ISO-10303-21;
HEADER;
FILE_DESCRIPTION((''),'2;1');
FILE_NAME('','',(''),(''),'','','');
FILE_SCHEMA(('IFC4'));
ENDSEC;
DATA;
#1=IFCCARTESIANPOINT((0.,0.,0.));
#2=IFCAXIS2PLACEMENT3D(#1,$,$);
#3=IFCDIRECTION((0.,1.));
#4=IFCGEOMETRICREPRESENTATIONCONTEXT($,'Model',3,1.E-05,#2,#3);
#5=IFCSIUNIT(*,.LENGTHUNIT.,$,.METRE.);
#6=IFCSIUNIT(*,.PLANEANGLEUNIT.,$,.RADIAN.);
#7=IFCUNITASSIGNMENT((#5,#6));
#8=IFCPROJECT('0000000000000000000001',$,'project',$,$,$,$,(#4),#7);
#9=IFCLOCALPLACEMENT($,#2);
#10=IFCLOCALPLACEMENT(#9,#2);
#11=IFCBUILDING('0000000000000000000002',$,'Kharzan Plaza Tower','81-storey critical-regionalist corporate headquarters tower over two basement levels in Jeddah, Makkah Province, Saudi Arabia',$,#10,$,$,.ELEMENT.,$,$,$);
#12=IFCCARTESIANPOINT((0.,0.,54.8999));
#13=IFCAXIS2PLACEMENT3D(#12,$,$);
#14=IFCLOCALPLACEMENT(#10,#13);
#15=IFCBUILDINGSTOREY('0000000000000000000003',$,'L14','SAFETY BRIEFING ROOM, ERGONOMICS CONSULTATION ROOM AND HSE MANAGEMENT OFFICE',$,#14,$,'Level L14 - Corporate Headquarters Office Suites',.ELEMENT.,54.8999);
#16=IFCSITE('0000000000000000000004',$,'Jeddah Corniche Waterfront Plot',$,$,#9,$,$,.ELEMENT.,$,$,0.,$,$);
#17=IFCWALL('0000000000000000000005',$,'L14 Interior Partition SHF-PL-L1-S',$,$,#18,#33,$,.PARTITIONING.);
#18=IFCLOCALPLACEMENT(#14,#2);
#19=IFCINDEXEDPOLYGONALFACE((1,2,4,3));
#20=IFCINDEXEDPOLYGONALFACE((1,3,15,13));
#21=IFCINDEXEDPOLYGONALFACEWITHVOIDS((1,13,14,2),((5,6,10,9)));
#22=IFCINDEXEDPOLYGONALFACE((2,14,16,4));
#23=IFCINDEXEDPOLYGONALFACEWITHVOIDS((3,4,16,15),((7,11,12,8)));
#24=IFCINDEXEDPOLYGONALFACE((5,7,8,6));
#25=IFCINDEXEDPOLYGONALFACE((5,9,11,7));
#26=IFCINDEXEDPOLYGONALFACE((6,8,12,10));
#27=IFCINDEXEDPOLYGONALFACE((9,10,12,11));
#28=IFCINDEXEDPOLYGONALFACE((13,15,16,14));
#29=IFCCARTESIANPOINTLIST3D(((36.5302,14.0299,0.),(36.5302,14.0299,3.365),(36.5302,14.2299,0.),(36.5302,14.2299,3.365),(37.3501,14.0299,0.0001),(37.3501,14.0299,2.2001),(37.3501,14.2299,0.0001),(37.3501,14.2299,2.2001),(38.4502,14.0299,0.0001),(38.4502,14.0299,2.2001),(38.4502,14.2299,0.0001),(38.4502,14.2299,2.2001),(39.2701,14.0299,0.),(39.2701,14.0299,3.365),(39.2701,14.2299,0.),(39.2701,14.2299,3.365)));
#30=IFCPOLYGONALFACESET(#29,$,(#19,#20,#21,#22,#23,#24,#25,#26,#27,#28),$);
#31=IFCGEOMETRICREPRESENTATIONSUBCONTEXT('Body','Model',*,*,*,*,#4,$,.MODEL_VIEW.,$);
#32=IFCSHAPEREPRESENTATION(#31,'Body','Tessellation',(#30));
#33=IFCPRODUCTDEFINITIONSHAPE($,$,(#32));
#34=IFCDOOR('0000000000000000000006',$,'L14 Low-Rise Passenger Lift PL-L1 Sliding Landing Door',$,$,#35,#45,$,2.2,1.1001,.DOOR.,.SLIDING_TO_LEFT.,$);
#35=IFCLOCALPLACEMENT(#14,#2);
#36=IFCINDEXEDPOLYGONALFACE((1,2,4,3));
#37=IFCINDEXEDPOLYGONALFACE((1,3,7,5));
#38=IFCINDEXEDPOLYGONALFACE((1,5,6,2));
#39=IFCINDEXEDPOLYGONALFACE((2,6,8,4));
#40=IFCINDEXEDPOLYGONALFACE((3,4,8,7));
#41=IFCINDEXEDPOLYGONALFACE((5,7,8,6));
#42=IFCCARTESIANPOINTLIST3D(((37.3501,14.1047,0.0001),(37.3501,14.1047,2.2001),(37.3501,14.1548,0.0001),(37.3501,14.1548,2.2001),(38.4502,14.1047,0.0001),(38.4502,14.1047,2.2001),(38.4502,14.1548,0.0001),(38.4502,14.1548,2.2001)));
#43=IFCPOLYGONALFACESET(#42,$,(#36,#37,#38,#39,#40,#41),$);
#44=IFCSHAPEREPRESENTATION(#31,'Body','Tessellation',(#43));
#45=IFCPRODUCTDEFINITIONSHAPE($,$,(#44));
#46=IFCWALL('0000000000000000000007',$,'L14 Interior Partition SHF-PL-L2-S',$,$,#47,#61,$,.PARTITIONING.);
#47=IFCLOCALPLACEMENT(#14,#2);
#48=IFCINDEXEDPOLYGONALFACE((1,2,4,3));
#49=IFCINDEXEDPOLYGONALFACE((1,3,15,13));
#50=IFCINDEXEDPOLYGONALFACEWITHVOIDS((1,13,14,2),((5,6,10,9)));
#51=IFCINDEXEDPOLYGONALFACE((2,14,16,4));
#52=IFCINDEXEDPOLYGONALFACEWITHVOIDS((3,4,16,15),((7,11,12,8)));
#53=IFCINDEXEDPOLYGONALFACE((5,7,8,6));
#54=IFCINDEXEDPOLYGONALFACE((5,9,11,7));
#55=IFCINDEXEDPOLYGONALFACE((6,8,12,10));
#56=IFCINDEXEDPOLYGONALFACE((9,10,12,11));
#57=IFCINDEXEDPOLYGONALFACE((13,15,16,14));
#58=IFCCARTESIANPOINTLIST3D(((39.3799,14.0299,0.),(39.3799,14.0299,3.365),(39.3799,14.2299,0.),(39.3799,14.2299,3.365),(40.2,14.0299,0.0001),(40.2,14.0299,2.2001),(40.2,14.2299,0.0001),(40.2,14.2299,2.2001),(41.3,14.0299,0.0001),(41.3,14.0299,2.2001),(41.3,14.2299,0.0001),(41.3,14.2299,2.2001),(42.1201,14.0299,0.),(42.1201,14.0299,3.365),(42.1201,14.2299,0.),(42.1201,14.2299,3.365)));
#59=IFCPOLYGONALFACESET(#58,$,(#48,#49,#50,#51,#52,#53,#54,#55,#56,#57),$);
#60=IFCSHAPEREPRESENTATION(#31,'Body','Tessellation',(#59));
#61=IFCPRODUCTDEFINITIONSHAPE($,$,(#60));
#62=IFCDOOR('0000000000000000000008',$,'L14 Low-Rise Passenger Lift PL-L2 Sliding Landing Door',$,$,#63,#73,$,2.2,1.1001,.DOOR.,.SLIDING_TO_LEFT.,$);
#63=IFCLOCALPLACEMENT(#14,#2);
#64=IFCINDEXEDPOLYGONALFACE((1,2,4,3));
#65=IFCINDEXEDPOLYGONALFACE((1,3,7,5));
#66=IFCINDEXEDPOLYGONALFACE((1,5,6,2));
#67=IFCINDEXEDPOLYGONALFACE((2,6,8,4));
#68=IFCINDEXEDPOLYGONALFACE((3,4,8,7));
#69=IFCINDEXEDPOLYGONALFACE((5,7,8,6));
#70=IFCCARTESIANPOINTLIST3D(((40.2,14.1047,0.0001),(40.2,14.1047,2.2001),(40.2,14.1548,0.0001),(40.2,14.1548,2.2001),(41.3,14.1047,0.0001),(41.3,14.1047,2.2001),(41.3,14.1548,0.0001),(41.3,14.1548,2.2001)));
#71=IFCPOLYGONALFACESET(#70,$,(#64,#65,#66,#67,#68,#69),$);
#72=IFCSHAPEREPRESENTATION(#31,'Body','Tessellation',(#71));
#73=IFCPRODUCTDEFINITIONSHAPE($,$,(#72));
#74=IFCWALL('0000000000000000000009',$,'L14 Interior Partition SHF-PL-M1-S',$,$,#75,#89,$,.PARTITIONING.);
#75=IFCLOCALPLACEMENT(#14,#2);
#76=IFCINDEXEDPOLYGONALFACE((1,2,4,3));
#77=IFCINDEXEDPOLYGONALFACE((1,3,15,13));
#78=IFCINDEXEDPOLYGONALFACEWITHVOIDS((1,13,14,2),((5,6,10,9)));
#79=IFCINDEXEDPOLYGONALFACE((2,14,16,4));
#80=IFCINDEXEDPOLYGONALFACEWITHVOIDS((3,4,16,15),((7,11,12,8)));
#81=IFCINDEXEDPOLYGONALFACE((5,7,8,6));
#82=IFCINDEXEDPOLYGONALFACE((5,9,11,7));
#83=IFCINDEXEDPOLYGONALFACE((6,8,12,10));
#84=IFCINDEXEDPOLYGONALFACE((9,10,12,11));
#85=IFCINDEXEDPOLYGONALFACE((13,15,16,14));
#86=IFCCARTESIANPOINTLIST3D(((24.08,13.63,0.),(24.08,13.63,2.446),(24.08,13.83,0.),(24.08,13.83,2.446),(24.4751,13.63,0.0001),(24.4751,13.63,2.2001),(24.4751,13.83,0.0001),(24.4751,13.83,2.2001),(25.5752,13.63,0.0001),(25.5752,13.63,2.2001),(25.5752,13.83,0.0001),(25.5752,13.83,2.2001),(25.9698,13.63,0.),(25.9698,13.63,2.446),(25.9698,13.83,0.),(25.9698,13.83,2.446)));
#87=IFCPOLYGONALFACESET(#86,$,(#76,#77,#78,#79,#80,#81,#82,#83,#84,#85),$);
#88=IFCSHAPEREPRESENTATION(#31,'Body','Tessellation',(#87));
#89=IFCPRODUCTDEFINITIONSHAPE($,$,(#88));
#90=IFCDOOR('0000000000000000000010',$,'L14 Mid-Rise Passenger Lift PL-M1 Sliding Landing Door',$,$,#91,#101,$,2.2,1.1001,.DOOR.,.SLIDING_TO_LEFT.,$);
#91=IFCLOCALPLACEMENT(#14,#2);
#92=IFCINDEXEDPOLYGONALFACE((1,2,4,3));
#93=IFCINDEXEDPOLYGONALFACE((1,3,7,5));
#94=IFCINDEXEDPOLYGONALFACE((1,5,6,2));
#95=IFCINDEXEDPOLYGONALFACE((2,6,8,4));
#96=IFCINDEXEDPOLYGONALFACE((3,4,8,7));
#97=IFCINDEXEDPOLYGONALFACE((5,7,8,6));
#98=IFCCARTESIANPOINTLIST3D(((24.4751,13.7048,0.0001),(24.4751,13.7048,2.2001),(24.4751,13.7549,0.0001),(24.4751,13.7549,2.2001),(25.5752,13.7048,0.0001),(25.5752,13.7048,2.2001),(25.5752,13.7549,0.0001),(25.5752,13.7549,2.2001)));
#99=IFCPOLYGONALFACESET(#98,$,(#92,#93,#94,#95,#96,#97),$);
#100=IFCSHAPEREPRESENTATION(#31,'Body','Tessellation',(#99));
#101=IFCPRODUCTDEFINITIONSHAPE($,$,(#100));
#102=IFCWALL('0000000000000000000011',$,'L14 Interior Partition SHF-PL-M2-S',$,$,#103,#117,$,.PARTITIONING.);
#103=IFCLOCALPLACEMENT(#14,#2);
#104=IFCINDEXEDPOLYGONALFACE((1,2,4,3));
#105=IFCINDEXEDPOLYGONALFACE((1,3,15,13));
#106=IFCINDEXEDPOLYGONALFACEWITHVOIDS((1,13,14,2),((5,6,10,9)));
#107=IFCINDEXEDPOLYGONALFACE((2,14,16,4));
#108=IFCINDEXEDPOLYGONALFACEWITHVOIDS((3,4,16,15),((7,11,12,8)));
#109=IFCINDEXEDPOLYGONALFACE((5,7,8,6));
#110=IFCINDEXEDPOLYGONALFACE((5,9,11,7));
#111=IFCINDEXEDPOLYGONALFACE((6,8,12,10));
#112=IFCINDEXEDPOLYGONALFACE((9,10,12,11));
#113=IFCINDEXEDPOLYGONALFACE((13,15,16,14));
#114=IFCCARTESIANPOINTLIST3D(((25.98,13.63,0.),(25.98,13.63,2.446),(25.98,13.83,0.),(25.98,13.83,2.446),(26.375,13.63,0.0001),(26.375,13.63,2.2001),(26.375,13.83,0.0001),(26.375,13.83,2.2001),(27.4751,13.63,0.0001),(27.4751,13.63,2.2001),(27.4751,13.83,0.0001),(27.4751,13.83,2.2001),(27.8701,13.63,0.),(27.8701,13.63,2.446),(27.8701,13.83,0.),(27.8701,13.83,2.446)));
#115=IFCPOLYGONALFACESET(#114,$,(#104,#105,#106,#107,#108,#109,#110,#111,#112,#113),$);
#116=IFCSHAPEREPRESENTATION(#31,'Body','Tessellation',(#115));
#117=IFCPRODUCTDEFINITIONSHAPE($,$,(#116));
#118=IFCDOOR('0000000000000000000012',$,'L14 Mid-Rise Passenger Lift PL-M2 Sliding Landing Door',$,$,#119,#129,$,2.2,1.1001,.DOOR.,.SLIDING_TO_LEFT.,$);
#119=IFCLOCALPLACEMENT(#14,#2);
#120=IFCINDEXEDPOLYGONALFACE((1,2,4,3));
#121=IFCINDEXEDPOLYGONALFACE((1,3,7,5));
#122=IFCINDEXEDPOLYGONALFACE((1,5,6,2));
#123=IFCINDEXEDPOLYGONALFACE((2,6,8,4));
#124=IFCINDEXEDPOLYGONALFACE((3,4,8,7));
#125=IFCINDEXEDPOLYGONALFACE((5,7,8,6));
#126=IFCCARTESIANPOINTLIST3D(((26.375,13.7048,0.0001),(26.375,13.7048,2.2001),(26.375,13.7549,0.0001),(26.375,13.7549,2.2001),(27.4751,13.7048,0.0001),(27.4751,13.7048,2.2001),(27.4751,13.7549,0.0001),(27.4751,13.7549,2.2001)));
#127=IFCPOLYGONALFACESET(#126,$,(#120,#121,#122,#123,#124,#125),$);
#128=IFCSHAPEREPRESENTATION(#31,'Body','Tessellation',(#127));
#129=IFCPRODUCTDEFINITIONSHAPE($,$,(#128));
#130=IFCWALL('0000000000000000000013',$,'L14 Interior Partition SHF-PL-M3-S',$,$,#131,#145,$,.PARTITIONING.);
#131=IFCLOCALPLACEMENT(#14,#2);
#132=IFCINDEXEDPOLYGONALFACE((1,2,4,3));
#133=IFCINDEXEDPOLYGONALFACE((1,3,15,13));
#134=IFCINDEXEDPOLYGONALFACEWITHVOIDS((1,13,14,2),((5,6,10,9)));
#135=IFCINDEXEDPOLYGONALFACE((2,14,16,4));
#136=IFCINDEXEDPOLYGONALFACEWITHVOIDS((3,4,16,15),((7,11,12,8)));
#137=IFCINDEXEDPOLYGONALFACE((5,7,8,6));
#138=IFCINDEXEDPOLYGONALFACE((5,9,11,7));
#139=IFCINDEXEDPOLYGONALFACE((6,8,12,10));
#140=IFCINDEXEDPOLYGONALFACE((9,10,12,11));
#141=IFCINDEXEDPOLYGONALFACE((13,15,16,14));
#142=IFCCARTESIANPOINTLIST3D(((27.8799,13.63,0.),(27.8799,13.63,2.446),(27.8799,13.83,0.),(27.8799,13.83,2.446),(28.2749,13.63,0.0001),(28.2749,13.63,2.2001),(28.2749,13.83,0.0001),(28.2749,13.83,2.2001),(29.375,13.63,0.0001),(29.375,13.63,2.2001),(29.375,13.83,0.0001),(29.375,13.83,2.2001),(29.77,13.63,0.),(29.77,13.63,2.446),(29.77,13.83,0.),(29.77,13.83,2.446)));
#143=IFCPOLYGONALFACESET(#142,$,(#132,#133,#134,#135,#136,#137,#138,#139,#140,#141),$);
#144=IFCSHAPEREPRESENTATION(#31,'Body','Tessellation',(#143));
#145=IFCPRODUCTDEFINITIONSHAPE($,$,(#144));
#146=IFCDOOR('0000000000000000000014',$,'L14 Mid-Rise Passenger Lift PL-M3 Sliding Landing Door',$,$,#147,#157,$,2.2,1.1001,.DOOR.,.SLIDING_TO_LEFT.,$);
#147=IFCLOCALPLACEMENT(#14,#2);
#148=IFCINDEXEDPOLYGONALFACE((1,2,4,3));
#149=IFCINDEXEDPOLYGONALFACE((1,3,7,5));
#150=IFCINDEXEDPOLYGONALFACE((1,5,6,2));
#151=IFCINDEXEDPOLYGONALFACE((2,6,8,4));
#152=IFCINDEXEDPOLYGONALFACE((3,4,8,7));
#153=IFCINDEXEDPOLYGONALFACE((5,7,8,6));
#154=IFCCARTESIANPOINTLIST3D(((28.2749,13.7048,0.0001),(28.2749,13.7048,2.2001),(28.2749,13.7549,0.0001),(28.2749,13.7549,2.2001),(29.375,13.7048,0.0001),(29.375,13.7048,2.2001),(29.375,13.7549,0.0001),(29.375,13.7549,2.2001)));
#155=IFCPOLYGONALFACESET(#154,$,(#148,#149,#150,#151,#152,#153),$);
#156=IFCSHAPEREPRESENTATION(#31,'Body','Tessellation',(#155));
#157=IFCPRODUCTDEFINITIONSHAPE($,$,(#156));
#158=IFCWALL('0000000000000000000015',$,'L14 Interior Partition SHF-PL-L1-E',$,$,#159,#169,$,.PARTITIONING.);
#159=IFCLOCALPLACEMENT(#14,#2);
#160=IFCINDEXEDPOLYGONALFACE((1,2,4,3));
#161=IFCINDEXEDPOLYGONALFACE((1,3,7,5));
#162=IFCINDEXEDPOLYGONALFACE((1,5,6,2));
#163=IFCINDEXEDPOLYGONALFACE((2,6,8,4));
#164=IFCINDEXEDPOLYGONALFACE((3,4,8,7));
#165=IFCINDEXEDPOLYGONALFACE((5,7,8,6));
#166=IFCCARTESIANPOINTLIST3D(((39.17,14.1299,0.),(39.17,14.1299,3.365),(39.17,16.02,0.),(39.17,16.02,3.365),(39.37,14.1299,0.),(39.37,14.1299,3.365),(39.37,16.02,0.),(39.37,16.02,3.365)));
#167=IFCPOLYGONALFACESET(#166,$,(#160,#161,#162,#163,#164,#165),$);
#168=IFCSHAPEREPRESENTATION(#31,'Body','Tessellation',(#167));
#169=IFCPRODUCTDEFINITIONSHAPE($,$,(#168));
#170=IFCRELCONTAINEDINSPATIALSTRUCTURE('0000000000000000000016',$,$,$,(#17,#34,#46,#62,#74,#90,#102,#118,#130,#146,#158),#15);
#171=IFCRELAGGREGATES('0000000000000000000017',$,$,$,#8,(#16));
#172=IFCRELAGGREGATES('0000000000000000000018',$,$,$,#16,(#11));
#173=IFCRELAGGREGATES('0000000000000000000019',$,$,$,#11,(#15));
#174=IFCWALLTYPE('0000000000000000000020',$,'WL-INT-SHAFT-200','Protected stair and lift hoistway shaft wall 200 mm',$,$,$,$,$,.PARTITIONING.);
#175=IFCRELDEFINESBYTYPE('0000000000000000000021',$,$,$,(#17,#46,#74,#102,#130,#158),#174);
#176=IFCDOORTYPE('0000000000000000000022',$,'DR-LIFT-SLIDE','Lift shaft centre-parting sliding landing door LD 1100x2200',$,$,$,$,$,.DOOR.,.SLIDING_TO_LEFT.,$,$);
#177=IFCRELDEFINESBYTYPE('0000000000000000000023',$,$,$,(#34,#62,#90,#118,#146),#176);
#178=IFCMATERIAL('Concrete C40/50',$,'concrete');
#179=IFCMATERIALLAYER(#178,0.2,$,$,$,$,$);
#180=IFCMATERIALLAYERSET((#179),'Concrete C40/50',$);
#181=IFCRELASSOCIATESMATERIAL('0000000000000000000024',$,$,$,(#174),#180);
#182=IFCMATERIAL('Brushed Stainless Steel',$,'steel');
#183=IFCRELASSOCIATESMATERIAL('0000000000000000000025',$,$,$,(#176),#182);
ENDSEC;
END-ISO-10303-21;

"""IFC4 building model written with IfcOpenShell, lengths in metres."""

from ifc_helpers import new_model, si_unit, direction, frame, frame_2d, origin, place, context, subcontext, project, spatial, rectangle, extrude, source, transform, mapped, material, layer, layer_set, type_object, element, fill, save


model = new_model("IFC4")

# Units and contexts
model_context = context("Model", 3, precision=1e-05, world=origin(), true_north=direction((0.0, 1.0)))
body_context = subcontext(model_context, "Body", "Model", "MODEL_VIEW")
ifc_project = project(units=[si_unit("LENGTHUNIT", "METRE"), si_unit("PLANEANGLEUNIT", "RADIAN")], contexts=[model_context])

# Site, building, storey
site_placement = place(None, origin())
site = spatial("IfcSite", under=ifc_project, at=site_placement, Name="Jeddah Corniche Waterfront Plot", CompositionType="ELEMENT", RefElevation=0.0)
building_placement = place(site_placement, origin())
building = spatial("IfcBuilding", under=site, at=building_placement, Name="Kharzan Plaza Tower", Description="81-storey critical-regionalist corporate headquarters tower over two basement levels in Jeddah, Makkah Province, Saudi Arabia", CompositionType="ELEMENT")
storey_placement = place(building_placement, frame((0.0, 0.0, 54.8999)))
storey = spatial("IfcBuildingStorey", under=building, at=storey_placement, Name="L14", Description="SAFETY BRIEFING ROOM, ERGONOMICS CONSULTATION ROOM AND HSE MANAGEMENT OFFICE", LongName="Level L14 - Corporate Headquarters Office Suites", CompositionType="ELEMENT", Elevation=54.8999)

# Walls, openings, doors
ifc_material_1 = material(Name="Concrete C40/50", Category="concrete")
ifc_layer_1 = layer(ifc_material_1, 0.2)
ifc_layer_set_1 = layer_set([ifc_layer_1], Name="Concrete C40/50")
wall_type_1 = type_object("IfcWallType", Name="WL-INT-SHAFT-200", Description="Protected stair and lift hoistway shaft wall 200 mm", PredefinedType="PARTITIONING", material=ifc_layer_set_1)
wall_1_placement = place(storey_placement, frame((36.53, 14.1299, 0.0), z_axis=(0.0, 0.0, 1.0), x_axis=(1.0, 0.0, 0.0)))
wall_1 = element("IfcWall", 1, at=wall_1_placement, inside=storey, type_object=wall_type_1, Name="L14 Interior Partition SHF-PL-L1-S", PredefinedType="PARTITIONING", context=body_context, shape_type="SweptSolid", body=[
    extrude(rectangle(XDim=2.74, YDim=0.2, at=frame_2d((1.3701, 0.0))), origin(), (0.0, 0.0, 1.0), 3.365),
])
opening_1_placement = place(wall_1_placement, frame((0.8201, 0.0, 0.0)))
opening_1 = element("IfcOpeningElement", 2, at=opening_1_placement, cuts=wall_1, PredefinedType="OPENING", context=body_context, shape_type="SweptSolid", body=[
    extrude(rectangle(XDim=1.1001, YDim=2.2, at=frame_2d((0.55, 1.1001))), frame((0.0, 0.1099, 0.0), z_axis=(0.0, -1.0, 0.0), x_axis=(1.0, 0.0, 0.0)), (0.0, 0.0, 1.0), 0.22),
])
ifc_material_2 = material(Name="Brushed Stainless Steel", Category="steel")
door_type = type_object("IfcDoorType", Name="DR-LIFT-SLIDE", Description="Lift shaft centre-parting sliding landing door LD 1100x2200", OperationType="SLIDING_TO_LEFT", PredefinedType="DOOR", material=ifc_material_2)
shared_shape_1 = source(origin(), body_context, "Body", "SweptSolid", [
    extrude(rectangle(XDim=1.1001, YDim=2.2, at=frame_2d((0.55, 1.1001))), frame((0.0, 0.0249, 0.0), z_axis=(0.0, -1.0, 0.0), x_axis=(1.0, 0.0, 0.0)), (0.0, 0.0, 1.0), 0.05),
])
door_1_placement = place(opening_1_placement, origin())
door_1 = element("IfcDoor", 3, at=door_1_placement, inside=storey, type_object=door_type, Name="L14 Low-Rise Passenger Lift PL-L1 Sliding Landing Door", OperationType="SLIDING_TO_LEFT", OverallHeight=2.2, OverallWidth=1.1001, PredefinedType="DOOR", context=body_context, shape_type="MappedRepresentation", body=[
    mapped(shared_shape_1, transform((0.0, 0.0, 0.0), x_axis=(1.0, 0.0, 0.0), y_axis=(0.0, 1.0, 0.0), z_axis=(0.0, 0.0, 1.0))),
])
fill(opening_1, door_1)
wall_2_placement = place(storey_placement, frame((39.3799, 14.1299, 0.0), z_axis=(0.0, 0.0, 1.0), x_axis=(1.0, 0.0, 0.0)))
wall_2 = element("IfcWall", 4, at=wall_2_placement, inside=storey, type_object=wall_type_1, Name="L14 Interior Partition SHF-PL-L2-S", PredefinedType="PARTITIONING", context=body_context, shape_type="SweptSolid", body=[
    extrude(rectangle(XDim=2.7402, YDim=0.2, at=frame_2d((1.3701, 0.0))), origin(), (0.0, 0.0, 1.0), 3.365),
])
opening_2_placement = place(wall_2_placement, frame((0.8201, 0.0, 0.0)))
opening_2 = element("IfcOpeningElement", 5, at=opening_2_placement, cuts=wall_2, PredefinedType="OPENING", context=body_context, shape_type="SweptSolid", body=[
    extrude(rectangle(XDim=1.1001, YDim=2.2, at=frame_2d((0.55, 1.1001))), frame((0.0, 0.1099, 0.0), z_axis=(0.0, -1.0, 0.0), x_axis=(1.0, 0.0, 0.0)), (0.0, 0.0, 1.0), 0.22),
])
door_2_placement = place(opening_2_placement, origin())
door_2 = element("IfcDoor", 6, at=door_2_placement, inside=storey, type_object=door_type, Name="L14 Low-Rise Passenger Lift PL-L2 Sliding Landing Door", OperationType="SLIDING_TO_LEFT", OverallHeight=2.2, OverallWidth=1.1001, PredefinedType="DOOR", context=body_context, shape_type="MappedRepresentation", body=[
    mapped(shared_shape_1, transform((0.0, 0.0, 0.0), x_axis=(1.0, 0.0, 0.0), y_axis=(0.0, 1.0, 0.0), z_axis=(0.0, 0.0, 1.0))),
])
fill(opening_2, door_2)
wall_3_placement = place(storey_placement, frame((24.0801, 13.73, 0.0), z_axis=(0.0, 0.0, 1.0), x_axis=(1.0, 0.0, 0.0)))
wall_3 = element("IfcWall", 7, at=wall_3_placement, inside=storey, type_object=wall_type_1, Name="L14 Interior Partition SHF-PL-M1-S", PredefinedType="PARTITIONING", context=body_context, shape_type="SweptSolid", body=[
    extrude(rectangle(XDim=1.8899, YDim=0.2, at=frame_2d((0.9448, 0.0))), origin(), (0.0, 0.0, 1.0), 2.446),
])
opening_3_placement = place(wall_3_placement, frame((0.395, 0.0, 0.0)))
opening_3 = element("IfcOpeningElement", 8, at=opening_3_placement, cuts=wall_3, PredefinedType="OPENING", context=body_context, shape_type="SweptSolid", body=[
    extrude(rectangle(XDim=1.1001, YDim=2.2, at=frame_2d((0.55, 1.1001))), frame((0.0, 0.1099, 0.0), z_axis=(0.0, -1.0, 0.0), x_axis=(1.0, 0.0, 0.0)), (0.0, 0.0, 1.0), 0.22),
])
door_3_placement = place(opening_3_placement, origin())
door_3 = element("IfcDoor", 9, at=door_3_placement, inside=storey, type_object=door_type, Name="L14 Mid-Rise Passenger Lift PL-M1 Sliding Landing Door", OperationType="SLIDING_TO_LEFT", OverallHeight=2.2, OverallWidth=1.1001, PredefinedType="DOOR", context=body_context, shape_type="MappedRepresentation", body=[
    mapped(shared_shape_1, transform((0.0, 0.0, 0.0), x_axis=(1.0, 0.0, 0.0), y_axis=(0.0, 1.0, 0.0), z_axis=(0.0, 0.0, 1.0))),
])
fill(opening_3, door_3)
wall_4_placement = place(storey_placement, frame((25.98, 13.73, 0.0), z_axis=(0.0, 0.0, 1.0), x_axis=(1.0, 0.0, 0.0)))
wall_4 = element("IfcWall", 10, at=wall_4_placement, inside=storey, type_object=wall_type_1, Name="L14 Interior Partition SHF-PL-M2-S", PredefinedType="PARTITIONING", context=body_context, shape_type="SweptSolid", body=[
    extrude(rectangle(XDim=1.8901, YDim=0.2, at=frame_2d((0.9451, 0.0))), origin(), (0.0, 0.0, 1.0), 2.446),
])
opening_4_placement = place(wall_4_placement, frame((0.395, 0.0, 0.0)))
opening_4 = element("IfcOpeningElement", 11, at=opening_4_placement, cuts=wall_4, PredefinedType="OPENING", context=body_context, shape_type="SweptSolid", body=[
    extrude(rectangle(XDim=1.1001, YDim=2.2, at=frame_2d((0.55, 1.1001))), frame((0.0, 0.1099, 0.0), z_axis=(0.0, -1.0, 0.0), x_axis=(1.0, 0.0, 0.0)), (0.0, 0.0, 1.0), 0.22),
])
door_4_placement = place(opening_4_placement, origin())
door_4 = element("IfcDoor", 12, at=door_4_placement, inside=storey, type_object=door_type, Name="L14 Mid-Rise Passenger Lift PL-M2 Sliding Landing Door", OperationType="SLIDING_TO_LEFT", OverallHeight=2.2, OverallWidth=1.1001, PredefinedType="DOOR", context=body_context, shape_type="MappedRepresentation", body=[
    mapped(shared_shape_1, transform((0.0, 0.0, 0.0), x_axis=(1.0, 0.0, 0.0), y_axis=(0.0, 1.0, 0.0), z_axis=(0.0, 0.0, 1.0))),
])
fill(opening_4, door_4)
wall_5_placement = place(storey_placement, frame((27.8799, 13.73, 0.0), z_axis=(0.0, 0.0, 1.0), x_axis=(1.0, 0.0, 0.0)))
wall_5 = element("IfcWall", 13, at=wall_5_placement, inside=storey, type_object=wall_type_1, Name="L14 Interior Partition SHF-PL-M3-S", PredefinedType="PARTITIONING", context=body_context, shape_type="SweptSolid", body=[
    extrude(rectangle(XDim=1.8901, YDim=0.2, at=frame_2d((0.9451, 0.0))), origin(), (0.0, 0.0, 1.0), 2.446),
])
opening_5_placement = place(wall_5_placement, frame((0.395, 0.0, 0.0)))
opening_5 = element("IfcOpeningElement", 14, at=opening_5_placement, cuts=wall_5, PredefinedType="OPENING", context=body_context, shape_type="SweptSolid", body=[
    extrude(rectangle(XDim=1.1001, YDim=2.2, at=frame_2d((0.55, 1.1001))), frame((0.0, 0.1099, 0.0), z_axis=(0.0, -1.0, 0.0), x_axis=(1.0, 0.0, 0.0)), (0.0, 0.0, 1.0), 0.22),
])
door_5_placement = place(opening_5_placement, origin())
door_5 = element("IfcDoor", 15, at=door_5_placement, inside=storey, type_object=door_type, Name="L14 Mid-Rise Passenger Lift PL-M3 Sliding Landing Door", OperationType="SLIDING_TO_LEFT", OverallHeight=2.2, OverallWidth=1.1001, PredefinedType="DOOR", context=body_context, shape_type="MappedRepresentation", body=[
    mapped(shared_shape_1, transform((0.0, 0.0, 0.0), x_axis=(1.0, 0.0, 0.0), y_axis=(0.0, 1.0, 0.0), z_axis=(0.0, 0.0, 1.0))),
])
fill(opening_5, door_5)

# Wall
shared_shape_2 = source(origin(), body_context, "Body", "SweptSolid", [
    extrude(rectangle(XDim=1.8901, YDim=0.2, at=frame_2d((0.9451, 0.0))), origin(), (0.0, 0.0, 1.0), 3.365),
])
wall_6_placement = place(storey_placement, frame((39.27, 14.1299, 0.0), z_axis=(0.0, 0.0, 1.0), x_axis=(0.0, 1.0, 0.0)))
element("IfcWall", 16, at=wall_6_placement, inside=storey, type_object=wall_type_1, Name="L14 Interior Partition SHF-PL-L1-E", PredefinedType="PARTITIONING", context=body_context, shape_type="MappedRepresentation", body=[
    mapped(shared_shape_2, transform((0.0, 0.0, 0.0), x_axis=(1.0, 0.0, 0.0), y_axis=(0.0, 1.0, 0.0), z_axis=(0.0, 0.0, 1.0))),
])

save(model, "model.ifc")
